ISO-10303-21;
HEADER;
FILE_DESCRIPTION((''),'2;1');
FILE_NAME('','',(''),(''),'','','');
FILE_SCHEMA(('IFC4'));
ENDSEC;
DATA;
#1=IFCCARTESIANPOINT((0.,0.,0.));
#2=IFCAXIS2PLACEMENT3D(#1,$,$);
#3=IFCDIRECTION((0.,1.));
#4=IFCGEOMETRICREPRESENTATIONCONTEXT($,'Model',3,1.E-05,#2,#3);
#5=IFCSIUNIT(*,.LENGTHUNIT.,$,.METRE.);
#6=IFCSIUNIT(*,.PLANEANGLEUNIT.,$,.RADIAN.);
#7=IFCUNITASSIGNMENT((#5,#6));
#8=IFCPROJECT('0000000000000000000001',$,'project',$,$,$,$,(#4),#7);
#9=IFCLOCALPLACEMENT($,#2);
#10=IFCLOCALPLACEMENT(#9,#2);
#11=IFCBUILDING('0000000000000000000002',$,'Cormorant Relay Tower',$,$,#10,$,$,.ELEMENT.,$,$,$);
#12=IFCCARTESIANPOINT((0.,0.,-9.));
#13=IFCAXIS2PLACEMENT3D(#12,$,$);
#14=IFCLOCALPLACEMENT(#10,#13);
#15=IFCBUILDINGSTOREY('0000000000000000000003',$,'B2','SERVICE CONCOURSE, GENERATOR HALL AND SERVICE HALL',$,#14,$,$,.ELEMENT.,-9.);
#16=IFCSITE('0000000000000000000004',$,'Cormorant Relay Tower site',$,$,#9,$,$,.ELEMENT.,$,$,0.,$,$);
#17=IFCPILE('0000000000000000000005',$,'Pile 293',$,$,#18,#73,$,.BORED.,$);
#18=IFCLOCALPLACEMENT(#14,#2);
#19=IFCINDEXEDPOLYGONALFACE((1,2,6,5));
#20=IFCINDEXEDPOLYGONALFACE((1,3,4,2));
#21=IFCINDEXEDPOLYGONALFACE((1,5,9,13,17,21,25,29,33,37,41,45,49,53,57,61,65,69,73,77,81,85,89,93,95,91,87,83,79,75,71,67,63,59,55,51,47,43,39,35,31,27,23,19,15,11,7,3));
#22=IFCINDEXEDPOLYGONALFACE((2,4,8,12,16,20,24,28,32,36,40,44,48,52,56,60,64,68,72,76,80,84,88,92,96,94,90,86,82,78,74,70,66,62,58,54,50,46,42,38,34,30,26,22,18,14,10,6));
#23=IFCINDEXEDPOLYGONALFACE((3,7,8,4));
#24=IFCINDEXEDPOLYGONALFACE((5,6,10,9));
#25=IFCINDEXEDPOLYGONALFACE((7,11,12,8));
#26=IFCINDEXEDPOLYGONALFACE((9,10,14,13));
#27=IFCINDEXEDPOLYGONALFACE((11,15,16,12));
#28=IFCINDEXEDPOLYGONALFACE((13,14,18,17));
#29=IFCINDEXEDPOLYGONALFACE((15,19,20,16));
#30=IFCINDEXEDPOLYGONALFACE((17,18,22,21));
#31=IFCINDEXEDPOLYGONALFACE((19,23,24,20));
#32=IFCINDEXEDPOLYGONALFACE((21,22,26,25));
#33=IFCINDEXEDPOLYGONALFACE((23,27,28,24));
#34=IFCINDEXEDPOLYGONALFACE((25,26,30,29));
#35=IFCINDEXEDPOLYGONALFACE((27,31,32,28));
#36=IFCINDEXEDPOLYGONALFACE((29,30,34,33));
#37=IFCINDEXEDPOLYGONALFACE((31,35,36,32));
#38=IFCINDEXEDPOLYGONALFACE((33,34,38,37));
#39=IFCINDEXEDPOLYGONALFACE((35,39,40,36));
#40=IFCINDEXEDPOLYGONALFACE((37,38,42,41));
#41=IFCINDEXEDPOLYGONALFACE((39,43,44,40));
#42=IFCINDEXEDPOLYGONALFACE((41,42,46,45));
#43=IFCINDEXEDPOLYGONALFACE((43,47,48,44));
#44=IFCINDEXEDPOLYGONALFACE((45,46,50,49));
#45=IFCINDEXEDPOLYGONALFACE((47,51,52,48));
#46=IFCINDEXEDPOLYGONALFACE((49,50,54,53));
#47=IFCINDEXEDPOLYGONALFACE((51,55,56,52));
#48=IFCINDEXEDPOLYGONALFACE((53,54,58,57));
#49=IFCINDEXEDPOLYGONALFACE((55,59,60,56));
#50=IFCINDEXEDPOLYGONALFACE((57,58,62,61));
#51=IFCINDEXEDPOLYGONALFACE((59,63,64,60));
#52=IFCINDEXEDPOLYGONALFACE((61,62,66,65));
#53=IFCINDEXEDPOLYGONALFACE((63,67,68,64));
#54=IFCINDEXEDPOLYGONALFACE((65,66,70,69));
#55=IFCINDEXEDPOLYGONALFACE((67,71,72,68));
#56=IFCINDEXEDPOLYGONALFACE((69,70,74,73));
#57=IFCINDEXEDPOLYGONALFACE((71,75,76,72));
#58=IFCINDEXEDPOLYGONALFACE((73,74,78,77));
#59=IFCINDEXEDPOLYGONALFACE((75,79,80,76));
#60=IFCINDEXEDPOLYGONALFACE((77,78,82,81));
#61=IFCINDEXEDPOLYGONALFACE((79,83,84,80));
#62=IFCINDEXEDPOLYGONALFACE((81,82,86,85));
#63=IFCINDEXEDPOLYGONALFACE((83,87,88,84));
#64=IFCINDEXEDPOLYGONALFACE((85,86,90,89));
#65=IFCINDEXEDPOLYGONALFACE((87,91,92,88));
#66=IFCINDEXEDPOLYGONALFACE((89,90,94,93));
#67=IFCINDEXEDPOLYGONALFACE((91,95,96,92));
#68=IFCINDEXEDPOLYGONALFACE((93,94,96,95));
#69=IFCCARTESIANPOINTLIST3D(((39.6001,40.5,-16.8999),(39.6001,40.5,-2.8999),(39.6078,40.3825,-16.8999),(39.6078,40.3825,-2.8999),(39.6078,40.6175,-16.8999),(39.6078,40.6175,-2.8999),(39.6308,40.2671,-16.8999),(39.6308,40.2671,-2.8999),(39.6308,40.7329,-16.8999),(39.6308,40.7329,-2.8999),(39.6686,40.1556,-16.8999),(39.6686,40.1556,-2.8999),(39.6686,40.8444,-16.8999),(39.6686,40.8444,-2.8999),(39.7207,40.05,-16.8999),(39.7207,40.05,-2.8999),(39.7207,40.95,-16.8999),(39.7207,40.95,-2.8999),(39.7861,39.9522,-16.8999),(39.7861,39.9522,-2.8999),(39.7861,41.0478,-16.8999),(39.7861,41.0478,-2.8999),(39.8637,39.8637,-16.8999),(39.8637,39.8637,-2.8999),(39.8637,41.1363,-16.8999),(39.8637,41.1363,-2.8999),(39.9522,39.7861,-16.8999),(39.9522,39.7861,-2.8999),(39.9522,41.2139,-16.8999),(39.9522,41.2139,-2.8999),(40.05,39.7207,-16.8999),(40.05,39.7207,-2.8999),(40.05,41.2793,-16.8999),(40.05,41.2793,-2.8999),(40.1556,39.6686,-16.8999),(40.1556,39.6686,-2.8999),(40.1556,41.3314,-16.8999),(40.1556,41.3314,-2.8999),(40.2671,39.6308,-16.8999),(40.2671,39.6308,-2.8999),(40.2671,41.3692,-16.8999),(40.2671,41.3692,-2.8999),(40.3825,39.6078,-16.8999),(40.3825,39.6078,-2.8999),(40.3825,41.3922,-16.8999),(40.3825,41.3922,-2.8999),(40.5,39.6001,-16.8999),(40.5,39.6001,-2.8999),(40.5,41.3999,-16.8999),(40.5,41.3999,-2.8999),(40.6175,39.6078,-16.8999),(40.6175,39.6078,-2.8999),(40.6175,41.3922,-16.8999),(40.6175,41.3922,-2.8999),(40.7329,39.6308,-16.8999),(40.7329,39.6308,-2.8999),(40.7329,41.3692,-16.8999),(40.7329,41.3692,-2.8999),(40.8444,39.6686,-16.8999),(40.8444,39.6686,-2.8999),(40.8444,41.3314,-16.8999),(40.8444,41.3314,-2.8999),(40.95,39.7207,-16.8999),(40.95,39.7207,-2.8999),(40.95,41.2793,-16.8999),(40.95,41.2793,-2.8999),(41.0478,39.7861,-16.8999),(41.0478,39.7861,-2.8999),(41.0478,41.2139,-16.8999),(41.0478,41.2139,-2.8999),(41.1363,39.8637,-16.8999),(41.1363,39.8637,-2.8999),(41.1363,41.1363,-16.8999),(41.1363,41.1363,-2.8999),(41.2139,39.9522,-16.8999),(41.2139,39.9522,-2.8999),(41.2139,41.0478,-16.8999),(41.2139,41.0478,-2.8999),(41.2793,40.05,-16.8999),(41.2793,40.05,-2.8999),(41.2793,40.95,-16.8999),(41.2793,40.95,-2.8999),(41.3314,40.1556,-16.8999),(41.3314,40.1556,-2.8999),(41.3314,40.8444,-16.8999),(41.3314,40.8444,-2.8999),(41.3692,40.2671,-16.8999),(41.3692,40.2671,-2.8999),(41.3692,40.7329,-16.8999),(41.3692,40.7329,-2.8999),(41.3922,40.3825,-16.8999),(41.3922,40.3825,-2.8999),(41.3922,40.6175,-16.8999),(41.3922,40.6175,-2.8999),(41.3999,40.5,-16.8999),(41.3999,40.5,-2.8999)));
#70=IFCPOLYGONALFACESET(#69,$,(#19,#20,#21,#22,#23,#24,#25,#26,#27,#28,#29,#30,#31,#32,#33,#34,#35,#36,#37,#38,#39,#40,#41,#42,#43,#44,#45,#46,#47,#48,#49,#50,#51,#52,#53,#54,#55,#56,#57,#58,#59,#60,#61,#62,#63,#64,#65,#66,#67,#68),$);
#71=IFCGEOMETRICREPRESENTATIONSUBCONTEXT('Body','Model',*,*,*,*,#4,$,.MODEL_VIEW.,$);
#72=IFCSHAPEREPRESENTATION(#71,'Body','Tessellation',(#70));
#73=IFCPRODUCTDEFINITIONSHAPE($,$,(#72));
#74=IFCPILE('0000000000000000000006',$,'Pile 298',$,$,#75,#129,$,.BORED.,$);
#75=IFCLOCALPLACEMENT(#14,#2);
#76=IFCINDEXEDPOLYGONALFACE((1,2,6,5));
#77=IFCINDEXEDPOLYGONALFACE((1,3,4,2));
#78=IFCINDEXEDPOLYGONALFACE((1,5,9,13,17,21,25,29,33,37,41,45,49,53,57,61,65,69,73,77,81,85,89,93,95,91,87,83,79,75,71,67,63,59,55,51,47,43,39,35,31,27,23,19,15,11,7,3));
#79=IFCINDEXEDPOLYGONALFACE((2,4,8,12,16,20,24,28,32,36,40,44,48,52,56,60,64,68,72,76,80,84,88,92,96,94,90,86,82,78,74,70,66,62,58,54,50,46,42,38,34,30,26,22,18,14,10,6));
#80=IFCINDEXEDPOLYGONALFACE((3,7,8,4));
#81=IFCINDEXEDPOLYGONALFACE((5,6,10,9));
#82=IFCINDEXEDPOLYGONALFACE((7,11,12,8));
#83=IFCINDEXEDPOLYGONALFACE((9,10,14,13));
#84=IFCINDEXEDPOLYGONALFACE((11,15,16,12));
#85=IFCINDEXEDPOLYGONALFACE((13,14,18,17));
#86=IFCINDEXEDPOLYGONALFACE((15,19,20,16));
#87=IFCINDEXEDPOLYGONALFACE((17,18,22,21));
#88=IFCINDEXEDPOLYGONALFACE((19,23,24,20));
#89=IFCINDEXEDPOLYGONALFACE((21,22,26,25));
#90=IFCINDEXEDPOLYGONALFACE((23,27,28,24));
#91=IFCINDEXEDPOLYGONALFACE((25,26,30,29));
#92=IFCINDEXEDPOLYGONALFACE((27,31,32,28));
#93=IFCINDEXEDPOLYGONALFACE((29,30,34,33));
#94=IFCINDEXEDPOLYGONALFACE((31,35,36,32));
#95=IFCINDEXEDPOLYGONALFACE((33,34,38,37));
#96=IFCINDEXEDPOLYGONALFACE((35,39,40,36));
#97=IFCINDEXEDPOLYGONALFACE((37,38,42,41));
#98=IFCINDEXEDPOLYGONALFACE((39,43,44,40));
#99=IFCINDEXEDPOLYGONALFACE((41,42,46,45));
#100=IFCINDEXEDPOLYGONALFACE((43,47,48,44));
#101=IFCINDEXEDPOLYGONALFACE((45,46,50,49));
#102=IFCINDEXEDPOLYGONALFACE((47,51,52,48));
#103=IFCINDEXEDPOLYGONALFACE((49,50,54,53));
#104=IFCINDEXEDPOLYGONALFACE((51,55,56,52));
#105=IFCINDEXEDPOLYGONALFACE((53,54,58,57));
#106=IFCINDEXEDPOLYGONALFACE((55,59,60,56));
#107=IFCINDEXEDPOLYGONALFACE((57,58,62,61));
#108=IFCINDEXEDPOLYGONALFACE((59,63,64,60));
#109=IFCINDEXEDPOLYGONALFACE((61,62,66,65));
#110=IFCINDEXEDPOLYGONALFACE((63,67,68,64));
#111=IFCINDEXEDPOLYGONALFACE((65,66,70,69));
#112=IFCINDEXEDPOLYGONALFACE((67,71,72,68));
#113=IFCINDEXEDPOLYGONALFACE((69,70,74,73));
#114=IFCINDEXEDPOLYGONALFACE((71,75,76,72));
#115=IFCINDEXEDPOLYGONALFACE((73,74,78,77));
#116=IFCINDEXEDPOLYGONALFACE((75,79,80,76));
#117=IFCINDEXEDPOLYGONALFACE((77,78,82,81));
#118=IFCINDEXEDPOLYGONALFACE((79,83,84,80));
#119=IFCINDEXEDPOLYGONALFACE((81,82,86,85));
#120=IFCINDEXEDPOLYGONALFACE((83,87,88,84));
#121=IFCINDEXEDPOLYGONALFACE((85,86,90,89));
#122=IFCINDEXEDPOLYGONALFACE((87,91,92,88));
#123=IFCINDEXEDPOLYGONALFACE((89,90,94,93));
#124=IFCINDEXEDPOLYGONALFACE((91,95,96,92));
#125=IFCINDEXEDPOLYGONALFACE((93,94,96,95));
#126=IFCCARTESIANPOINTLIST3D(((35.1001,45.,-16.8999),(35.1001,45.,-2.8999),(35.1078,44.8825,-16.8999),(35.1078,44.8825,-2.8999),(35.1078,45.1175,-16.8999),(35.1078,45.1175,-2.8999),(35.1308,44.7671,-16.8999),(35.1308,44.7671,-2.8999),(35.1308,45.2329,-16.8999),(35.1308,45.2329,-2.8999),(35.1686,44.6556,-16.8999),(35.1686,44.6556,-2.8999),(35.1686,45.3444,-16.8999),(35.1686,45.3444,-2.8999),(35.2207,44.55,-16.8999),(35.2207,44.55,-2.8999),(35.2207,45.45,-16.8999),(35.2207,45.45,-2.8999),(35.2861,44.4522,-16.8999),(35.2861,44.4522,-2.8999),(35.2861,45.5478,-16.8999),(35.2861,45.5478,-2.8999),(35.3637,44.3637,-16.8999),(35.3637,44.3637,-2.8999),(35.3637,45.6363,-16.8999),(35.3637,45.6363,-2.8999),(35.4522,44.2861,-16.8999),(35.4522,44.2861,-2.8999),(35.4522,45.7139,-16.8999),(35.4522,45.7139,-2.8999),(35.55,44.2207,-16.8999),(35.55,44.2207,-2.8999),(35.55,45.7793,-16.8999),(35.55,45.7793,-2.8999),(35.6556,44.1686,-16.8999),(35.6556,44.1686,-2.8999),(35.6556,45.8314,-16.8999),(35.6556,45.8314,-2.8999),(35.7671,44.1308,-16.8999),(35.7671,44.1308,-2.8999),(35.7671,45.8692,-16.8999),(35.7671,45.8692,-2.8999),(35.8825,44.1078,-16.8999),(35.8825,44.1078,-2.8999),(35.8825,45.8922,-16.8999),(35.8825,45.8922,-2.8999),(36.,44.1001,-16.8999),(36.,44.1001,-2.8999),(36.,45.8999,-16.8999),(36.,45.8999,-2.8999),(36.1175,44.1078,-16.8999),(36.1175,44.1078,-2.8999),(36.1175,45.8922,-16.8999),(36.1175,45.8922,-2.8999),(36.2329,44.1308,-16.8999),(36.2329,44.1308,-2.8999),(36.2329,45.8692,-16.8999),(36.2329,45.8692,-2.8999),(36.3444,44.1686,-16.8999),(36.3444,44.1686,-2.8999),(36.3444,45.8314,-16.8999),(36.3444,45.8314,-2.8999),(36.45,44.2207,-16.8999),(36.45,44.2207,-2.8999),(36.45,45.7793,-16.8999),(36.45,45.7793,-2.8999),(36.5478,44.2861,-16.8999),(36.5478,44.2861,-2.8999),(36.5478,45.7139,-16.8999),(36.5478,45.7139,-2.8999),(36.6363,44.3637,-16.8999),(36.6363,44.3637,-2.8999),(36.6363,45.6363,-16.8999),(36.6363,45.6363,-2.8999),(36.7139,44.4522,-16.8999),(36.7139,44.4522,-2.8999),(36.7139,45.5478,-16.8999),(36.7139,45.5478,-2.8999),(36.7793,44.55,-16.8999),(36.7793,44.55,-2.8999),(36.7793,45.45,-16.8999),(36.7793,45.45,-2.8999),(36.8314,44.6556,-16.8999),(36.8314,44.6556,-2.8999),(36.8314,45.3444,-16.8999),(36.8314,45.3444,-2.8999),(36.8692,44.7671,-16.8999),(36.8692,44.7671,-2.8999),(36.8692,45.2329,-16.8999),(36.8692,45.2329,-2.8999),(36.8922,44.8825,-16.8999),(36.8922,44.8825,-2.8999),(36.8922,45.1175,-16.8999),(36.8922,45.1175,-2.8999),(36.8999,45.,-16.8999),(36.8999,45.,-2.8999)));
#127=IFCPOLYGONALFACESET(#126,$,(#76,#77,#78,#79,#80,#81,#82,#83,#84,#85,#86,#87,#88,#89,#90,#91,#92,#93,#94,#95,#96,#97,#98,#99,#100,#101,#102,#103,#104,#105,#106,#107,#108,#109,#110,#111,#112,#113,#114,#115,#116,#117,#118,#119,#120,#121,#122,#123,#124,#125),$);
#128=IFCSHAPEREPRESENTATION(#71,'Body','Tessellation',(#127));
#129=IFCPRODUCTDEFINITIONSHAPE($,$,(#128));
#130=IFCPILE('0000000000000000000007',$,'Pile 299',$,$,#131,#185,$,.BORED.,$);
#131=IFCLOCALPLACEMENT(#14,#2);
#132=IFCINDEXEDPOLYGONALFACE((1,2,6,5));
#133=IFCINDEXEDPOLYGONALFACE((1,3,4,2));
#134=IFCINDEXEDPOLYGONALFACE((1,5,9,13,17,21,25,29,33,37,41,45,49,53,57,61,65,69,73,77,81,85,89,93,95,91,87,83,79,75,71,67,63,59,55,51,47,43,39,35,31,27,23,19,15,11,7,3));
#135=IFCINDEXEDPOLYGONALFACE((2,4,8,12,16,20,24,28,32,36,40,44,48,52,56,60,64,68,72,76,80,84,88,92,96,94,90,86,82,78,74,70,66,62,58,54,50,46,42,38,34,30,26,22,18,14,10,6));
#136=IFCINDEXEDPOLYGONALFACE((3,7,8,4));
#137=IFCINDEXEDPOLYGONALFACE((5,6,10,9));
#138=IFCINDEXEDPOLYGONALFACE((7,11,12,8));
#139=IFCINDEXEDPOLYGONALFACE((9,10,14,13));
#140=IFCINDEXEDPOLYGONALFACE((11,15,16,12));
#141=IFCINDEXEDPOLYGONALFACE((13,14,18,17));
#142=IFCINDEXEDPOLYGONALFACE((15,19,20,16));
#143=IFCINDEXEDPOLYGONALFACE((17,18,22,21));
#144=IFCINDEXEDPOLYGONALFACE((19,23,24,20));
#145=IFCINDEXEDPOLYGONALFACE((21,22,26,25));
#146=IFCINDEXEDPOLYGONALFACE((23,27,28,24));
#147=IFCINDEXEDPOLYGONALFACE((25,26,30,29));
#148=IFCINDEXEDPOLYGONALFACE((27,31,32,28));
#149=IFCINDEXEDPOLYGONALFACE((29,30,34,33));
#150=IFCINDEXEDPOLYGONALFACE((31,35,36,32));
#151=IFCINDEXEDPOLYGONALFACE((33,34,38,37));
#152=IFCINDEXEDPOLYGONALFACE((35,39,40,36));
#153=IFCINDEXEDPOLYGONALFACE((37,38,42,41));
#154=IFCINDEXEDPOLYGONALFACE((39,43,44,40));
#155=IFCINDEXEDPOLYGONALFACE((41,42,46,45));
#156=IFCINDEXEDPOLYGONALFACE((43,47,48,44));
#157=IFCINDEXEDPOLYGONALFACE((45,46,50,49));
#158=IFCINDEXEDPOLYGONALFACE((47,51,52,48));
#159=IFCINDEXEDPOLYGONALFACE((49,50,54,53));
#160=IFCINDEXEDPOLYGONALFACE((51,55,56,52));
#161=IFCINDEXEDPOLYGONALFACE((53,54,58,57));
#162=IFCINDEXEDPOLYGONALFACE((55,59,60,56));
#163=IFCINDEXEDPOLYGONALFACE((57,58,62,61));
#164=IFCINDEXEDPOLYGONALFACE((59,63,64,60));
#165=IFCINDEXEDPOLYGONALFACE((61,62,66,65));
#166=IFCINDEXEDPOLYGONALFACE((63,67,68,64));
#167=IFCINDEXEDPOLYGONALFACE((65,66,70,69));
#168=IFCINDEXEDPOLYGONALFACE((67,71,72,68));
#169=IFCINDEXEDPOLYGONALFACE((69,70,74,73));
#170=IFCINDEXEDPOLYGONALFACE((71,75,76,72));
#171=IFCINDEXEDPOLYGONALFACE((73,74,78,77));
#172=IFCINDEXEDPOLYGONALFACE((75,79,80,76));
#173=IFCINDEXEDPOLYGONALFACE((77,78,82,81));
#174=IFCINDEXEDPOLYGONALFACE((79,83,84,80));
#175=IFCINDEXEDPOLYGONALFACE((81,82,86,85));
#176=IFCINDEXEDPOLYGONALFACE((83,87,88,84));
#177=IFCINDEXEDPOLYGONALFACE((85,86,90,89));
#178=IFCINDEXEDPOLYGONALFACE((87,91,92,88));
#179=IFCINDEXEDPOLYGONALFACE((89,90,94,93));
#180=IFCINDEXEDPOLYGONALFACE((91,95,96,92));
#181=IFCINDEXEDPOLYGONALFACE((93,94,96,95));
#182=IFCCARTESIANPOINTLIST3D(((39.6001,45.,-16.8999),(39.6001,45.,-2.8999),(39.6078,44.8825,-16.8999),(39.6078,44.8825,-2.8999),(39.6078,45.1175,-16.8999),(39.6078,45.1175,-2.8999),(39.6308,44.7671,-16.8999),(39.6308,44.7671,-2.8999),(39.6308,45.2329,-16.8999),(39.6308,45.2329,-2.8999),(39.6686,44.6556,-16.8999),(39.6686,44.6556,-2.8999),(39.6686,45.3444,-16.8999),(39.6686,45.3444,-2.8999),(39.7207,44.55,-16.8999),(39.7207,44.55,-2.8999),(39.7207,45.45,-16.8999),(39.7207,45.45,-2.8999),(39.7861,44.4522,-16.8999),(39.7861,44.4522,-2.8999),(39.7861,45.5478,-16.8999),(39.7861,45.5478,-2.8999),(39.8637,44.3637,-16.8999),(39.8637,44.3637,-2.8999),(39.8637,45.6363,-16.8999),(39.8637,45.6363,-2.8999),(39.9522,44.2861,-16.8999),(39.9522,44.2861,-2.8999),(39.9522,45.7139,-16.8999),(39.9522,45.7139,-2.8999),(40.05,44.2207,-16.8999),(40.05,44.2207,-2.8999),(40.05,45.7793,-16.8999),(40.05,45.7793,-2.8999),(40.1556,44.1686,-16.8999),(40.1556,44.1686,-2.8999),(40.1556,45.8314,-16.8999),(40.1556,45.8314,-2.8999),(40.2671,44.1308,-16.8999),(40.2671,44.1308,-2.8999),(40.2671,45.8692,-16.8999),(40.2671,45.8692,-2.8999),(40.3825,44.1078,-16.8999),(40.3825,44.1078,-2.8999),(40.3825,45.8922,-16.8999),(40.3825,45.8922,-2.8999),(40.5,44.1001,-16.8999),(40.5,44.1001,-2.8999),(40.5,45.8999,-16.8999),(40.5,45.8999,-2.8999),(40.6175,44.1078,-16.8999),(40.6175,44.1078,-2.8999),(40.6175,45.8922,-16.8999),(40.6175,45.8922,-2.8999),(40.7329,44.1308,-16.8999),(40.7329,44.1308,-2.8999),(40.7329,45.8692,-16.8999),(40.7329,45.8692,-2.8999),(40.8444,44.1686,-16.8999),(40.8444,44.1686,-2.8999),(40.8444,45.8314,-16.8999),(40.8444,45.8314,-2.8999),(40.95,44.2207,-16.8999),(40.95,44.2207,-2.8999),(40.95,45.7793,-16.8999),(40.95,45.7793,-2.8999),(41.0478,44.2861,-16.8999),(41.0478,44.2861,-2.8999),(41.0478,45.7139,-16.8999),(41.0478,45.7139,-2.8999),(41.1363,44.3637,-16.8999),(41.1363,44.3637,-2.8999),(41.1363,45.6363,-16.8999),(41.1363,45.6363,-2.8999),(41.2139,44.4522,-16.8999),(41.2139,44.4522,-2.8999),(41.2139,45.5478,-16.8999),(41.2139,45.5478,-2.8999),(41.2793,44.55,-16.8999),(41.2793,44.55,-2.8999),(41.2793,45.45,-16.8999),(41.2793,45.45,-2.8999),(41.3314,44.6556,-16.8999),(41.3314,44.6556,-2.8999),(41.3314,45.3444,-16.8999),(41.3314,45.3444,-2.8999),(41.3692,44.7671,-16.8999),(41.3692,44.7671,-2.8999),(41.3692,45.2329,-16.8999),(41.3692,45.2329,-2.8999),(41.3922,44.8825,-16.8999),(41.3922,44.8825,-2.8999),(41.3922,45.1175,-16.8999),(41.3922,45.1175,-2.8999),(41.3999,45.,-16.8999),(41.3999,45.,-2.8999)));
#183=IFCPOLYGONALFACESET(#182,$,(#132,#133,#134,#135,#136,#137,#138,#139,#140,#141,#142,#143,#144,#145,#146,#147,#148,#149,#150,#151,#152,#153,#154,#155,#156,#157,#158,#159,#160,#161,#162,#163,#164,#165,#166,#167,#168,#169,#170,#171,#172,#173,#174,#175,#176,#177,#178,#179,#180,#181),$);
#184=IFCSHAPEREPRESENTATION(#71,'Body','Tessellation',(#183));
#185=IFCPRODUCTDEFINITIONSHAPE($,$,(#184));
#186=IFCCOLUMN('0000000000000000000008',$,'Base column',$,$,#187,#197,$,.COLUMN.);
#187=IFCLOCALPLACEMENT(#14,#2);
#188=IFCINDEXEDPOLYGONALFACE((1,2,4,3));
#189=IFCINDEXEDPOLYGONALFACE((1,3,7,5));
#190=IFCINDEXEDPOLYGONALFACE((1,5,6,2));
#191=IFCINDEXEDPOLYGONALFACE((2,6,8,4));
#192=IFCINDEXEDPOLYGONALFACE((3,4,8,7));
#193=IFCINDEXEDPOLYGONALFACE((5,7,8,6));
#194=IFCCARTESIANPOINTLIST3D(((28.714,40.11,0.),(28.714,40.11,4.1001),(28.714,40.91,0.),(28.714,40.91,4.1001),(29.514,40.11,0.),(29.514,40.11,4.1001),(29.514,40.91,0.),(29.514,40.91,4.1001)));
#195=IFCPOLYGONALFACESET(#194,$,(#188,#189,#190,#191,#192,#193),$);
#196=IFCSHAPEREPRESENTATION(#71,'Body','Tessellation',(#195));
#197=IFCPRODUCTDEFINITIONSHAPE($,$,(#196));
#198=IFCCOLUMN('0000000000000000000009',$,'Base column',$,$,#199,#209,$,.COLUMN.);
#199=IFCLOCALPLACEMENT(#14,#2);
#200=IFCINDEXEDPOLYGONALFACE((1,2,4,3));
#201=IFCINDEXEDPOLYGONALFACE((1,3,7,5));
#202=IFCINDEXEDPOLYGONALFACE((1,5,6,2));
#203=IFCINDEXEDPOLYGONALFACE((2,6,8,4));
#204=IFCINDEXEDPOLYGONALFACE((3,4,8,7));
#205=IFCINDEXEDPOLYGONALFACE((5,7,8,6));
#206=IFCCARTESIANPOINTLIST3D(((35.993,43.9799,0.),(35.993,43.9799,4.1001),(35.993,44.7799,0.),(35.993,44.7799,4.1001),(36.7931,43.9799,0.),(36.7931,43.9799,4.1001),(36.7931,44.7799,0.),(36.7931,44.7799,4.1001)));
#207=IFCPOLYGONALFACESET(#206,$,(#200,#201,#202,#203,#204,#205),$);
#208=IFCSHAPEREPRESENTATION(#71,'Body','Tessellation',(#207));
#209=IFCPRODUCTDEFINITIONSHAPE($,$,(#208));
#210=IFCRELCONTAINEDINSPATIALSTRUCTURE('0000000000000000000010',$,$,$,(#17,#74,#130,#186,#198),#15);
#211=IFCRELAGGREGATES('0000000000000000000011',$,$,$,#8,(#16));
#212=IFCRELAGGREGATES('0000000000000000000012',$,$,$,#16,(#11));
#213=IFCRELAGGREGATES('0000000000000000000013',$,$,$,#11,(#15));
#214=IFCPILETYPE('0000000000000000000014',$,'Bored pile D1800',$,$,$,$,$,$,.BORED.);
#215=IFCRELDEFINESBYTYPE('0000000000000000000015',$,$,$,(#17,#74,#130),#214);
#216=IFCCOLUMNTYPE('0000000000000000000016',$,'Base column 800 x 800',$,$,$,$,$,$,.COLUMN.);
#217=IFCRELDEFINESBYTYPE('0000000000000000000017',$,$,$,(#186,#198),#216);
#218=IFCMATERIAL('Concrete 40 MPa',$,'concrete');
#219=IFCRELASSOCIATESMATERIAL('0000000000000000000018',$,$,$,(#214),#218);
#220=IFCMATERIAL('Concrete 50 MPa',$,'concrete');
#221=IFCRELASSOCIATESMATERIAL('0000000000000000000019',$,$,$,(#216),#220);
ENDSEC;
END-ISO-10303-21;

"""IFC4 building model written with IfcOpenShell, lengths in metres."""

from ifc_helpers import new_model, si_unit, direction, frame, origin, origin_2d, place, context, subcontext, project, spatial, rectangle, circle, extrude, material, material_profile, profile_set, type_object, element, save


model = new_model("IFC4")

# Units and contexts
model_context = context("Model", 3, precision=1e-05, world=origin(), true_north=direction((0.0, 1.0)))
body_context = subcontext(model_context, "Body", "Model", "MODEL_VIEW")
ifc_project = project(units=[si_unit("LENGTHUNIT", "METRE"), si_unit("PLANEANGLEUNIT", "RADIAN")], contexts=[model_context])

# Site, building, storey
site_placement = place(None, origin())
site = spatial("IfcSite", under=ifc_project, at=site_placement, Name="Cormorant Relay Tower site", CompositionType="ELEMENT", RefElevation=0.0)
building_placement = place(site_placement, origin())
building = spatial("IfcBuilding", under=site, at=building_placement, Name="Cormorant Relay Tower", CompositionType="ELEMENT")
storey_placement = place(building_placement, frame((0.0, 0.0, -9.0)))
storey = spatial("IfcBuildingStorey", under=building, at=storey_placement, Name="B2", Description="SERVICE CONCOURSE, GENERATOR HALL AND SERVICE HALL", CompositionType="ELEMENT", Elevation=-9.0)

# Piles
ifc_material_1 = material(Name="Concrete 40 MPa", Category="concrete")
ifc_material_profile_1 = material_profile(ifc_material_1, circle(Radius=0.8999, at=origin_2d()), Name="BP1800")
ifc_profile_set_1 = profile_set([ifc_material_profile_1], Name="Concrete 40 MPa")
pile_type = type_object("IfcPileType", Name="Bored pile D1800", PredefinedType="BORED", material=ifc_profile_set_1)
for number, where, z_axis, x_axis, name in (
    (1, (40.5, 40.5, -2.8999), (0.0, 0.0, -1.0), (1.0, 0.0, 0.0), "Pile 293"),
    (2, (36.0, 45.0, -2.8999), (0.0, 0.0, -1.0), (1.0, 0.0, 0.0), "Pile 298"),
    (3, (40.5, 45.0, -2.8999), (0.0, 0.0, -1.0), (1.0, 0.0, 0.0), "Pile 299"),
):
    element("IfcPile", number, at=place(storey_placement, frame(where, z_axis=z_axis, x_axis=x_axis)), inside=storey, type_object=pile_type, Name=name, PredefinedType="BORED", context=body_context, shape_type="SweptSolid", body=[
        extrude(circle(Radius=0.8999, at=origin_2d()), origin(), (0.0, 0.0, 1.0), 14.0),
    ])

# Columns
ifc_material_2 = material(Name="Concrete 50 MPa", Category="concrete")
ifc_material_profile_2 = material_profile(ifc_material_2, rectangle(XDim=0.8, YDim=0.8, at=origin_2d()), Name="RC 800x800")
ifc_profile_set_2 = profile_set([ifc_material_profile_2], Name="Concrete 50 MPa")
column_type_1 = type_object("IfcColumnType", Name="Base column 800 x 800", PredefinedType="COLUMN", material=ifc_profile_set_2)
for number, where, z_axis, x_axis, name in (
    (4, (29.114, 40.51, 0.0), (0.0, 0.0, 1.0), (1.0, 0.0, 0.0), "Base column"),
    (5, (36.3931, 44.3799, 0.0), (0.0, 0.0, 1.0), (1.0, 0.0, 0.0), "Base column"),
):
    element("IfcColumn", number, at=place(storey_placement, frame(where, z_axis=z_axis, x_axis=x_axis)), inside=storey, type_object=column_type_1, Name=name, PredefinedType="COLUMN", context=body_context, shape_type="SweptSolid", body=[
        extrude(rectangle(XDim=0.8, YDim=0.8, at=origin_2d()), origin(), (0.0, 0.0, 1.0), 4.1001),
    ])

save(model, "model.ifc")
